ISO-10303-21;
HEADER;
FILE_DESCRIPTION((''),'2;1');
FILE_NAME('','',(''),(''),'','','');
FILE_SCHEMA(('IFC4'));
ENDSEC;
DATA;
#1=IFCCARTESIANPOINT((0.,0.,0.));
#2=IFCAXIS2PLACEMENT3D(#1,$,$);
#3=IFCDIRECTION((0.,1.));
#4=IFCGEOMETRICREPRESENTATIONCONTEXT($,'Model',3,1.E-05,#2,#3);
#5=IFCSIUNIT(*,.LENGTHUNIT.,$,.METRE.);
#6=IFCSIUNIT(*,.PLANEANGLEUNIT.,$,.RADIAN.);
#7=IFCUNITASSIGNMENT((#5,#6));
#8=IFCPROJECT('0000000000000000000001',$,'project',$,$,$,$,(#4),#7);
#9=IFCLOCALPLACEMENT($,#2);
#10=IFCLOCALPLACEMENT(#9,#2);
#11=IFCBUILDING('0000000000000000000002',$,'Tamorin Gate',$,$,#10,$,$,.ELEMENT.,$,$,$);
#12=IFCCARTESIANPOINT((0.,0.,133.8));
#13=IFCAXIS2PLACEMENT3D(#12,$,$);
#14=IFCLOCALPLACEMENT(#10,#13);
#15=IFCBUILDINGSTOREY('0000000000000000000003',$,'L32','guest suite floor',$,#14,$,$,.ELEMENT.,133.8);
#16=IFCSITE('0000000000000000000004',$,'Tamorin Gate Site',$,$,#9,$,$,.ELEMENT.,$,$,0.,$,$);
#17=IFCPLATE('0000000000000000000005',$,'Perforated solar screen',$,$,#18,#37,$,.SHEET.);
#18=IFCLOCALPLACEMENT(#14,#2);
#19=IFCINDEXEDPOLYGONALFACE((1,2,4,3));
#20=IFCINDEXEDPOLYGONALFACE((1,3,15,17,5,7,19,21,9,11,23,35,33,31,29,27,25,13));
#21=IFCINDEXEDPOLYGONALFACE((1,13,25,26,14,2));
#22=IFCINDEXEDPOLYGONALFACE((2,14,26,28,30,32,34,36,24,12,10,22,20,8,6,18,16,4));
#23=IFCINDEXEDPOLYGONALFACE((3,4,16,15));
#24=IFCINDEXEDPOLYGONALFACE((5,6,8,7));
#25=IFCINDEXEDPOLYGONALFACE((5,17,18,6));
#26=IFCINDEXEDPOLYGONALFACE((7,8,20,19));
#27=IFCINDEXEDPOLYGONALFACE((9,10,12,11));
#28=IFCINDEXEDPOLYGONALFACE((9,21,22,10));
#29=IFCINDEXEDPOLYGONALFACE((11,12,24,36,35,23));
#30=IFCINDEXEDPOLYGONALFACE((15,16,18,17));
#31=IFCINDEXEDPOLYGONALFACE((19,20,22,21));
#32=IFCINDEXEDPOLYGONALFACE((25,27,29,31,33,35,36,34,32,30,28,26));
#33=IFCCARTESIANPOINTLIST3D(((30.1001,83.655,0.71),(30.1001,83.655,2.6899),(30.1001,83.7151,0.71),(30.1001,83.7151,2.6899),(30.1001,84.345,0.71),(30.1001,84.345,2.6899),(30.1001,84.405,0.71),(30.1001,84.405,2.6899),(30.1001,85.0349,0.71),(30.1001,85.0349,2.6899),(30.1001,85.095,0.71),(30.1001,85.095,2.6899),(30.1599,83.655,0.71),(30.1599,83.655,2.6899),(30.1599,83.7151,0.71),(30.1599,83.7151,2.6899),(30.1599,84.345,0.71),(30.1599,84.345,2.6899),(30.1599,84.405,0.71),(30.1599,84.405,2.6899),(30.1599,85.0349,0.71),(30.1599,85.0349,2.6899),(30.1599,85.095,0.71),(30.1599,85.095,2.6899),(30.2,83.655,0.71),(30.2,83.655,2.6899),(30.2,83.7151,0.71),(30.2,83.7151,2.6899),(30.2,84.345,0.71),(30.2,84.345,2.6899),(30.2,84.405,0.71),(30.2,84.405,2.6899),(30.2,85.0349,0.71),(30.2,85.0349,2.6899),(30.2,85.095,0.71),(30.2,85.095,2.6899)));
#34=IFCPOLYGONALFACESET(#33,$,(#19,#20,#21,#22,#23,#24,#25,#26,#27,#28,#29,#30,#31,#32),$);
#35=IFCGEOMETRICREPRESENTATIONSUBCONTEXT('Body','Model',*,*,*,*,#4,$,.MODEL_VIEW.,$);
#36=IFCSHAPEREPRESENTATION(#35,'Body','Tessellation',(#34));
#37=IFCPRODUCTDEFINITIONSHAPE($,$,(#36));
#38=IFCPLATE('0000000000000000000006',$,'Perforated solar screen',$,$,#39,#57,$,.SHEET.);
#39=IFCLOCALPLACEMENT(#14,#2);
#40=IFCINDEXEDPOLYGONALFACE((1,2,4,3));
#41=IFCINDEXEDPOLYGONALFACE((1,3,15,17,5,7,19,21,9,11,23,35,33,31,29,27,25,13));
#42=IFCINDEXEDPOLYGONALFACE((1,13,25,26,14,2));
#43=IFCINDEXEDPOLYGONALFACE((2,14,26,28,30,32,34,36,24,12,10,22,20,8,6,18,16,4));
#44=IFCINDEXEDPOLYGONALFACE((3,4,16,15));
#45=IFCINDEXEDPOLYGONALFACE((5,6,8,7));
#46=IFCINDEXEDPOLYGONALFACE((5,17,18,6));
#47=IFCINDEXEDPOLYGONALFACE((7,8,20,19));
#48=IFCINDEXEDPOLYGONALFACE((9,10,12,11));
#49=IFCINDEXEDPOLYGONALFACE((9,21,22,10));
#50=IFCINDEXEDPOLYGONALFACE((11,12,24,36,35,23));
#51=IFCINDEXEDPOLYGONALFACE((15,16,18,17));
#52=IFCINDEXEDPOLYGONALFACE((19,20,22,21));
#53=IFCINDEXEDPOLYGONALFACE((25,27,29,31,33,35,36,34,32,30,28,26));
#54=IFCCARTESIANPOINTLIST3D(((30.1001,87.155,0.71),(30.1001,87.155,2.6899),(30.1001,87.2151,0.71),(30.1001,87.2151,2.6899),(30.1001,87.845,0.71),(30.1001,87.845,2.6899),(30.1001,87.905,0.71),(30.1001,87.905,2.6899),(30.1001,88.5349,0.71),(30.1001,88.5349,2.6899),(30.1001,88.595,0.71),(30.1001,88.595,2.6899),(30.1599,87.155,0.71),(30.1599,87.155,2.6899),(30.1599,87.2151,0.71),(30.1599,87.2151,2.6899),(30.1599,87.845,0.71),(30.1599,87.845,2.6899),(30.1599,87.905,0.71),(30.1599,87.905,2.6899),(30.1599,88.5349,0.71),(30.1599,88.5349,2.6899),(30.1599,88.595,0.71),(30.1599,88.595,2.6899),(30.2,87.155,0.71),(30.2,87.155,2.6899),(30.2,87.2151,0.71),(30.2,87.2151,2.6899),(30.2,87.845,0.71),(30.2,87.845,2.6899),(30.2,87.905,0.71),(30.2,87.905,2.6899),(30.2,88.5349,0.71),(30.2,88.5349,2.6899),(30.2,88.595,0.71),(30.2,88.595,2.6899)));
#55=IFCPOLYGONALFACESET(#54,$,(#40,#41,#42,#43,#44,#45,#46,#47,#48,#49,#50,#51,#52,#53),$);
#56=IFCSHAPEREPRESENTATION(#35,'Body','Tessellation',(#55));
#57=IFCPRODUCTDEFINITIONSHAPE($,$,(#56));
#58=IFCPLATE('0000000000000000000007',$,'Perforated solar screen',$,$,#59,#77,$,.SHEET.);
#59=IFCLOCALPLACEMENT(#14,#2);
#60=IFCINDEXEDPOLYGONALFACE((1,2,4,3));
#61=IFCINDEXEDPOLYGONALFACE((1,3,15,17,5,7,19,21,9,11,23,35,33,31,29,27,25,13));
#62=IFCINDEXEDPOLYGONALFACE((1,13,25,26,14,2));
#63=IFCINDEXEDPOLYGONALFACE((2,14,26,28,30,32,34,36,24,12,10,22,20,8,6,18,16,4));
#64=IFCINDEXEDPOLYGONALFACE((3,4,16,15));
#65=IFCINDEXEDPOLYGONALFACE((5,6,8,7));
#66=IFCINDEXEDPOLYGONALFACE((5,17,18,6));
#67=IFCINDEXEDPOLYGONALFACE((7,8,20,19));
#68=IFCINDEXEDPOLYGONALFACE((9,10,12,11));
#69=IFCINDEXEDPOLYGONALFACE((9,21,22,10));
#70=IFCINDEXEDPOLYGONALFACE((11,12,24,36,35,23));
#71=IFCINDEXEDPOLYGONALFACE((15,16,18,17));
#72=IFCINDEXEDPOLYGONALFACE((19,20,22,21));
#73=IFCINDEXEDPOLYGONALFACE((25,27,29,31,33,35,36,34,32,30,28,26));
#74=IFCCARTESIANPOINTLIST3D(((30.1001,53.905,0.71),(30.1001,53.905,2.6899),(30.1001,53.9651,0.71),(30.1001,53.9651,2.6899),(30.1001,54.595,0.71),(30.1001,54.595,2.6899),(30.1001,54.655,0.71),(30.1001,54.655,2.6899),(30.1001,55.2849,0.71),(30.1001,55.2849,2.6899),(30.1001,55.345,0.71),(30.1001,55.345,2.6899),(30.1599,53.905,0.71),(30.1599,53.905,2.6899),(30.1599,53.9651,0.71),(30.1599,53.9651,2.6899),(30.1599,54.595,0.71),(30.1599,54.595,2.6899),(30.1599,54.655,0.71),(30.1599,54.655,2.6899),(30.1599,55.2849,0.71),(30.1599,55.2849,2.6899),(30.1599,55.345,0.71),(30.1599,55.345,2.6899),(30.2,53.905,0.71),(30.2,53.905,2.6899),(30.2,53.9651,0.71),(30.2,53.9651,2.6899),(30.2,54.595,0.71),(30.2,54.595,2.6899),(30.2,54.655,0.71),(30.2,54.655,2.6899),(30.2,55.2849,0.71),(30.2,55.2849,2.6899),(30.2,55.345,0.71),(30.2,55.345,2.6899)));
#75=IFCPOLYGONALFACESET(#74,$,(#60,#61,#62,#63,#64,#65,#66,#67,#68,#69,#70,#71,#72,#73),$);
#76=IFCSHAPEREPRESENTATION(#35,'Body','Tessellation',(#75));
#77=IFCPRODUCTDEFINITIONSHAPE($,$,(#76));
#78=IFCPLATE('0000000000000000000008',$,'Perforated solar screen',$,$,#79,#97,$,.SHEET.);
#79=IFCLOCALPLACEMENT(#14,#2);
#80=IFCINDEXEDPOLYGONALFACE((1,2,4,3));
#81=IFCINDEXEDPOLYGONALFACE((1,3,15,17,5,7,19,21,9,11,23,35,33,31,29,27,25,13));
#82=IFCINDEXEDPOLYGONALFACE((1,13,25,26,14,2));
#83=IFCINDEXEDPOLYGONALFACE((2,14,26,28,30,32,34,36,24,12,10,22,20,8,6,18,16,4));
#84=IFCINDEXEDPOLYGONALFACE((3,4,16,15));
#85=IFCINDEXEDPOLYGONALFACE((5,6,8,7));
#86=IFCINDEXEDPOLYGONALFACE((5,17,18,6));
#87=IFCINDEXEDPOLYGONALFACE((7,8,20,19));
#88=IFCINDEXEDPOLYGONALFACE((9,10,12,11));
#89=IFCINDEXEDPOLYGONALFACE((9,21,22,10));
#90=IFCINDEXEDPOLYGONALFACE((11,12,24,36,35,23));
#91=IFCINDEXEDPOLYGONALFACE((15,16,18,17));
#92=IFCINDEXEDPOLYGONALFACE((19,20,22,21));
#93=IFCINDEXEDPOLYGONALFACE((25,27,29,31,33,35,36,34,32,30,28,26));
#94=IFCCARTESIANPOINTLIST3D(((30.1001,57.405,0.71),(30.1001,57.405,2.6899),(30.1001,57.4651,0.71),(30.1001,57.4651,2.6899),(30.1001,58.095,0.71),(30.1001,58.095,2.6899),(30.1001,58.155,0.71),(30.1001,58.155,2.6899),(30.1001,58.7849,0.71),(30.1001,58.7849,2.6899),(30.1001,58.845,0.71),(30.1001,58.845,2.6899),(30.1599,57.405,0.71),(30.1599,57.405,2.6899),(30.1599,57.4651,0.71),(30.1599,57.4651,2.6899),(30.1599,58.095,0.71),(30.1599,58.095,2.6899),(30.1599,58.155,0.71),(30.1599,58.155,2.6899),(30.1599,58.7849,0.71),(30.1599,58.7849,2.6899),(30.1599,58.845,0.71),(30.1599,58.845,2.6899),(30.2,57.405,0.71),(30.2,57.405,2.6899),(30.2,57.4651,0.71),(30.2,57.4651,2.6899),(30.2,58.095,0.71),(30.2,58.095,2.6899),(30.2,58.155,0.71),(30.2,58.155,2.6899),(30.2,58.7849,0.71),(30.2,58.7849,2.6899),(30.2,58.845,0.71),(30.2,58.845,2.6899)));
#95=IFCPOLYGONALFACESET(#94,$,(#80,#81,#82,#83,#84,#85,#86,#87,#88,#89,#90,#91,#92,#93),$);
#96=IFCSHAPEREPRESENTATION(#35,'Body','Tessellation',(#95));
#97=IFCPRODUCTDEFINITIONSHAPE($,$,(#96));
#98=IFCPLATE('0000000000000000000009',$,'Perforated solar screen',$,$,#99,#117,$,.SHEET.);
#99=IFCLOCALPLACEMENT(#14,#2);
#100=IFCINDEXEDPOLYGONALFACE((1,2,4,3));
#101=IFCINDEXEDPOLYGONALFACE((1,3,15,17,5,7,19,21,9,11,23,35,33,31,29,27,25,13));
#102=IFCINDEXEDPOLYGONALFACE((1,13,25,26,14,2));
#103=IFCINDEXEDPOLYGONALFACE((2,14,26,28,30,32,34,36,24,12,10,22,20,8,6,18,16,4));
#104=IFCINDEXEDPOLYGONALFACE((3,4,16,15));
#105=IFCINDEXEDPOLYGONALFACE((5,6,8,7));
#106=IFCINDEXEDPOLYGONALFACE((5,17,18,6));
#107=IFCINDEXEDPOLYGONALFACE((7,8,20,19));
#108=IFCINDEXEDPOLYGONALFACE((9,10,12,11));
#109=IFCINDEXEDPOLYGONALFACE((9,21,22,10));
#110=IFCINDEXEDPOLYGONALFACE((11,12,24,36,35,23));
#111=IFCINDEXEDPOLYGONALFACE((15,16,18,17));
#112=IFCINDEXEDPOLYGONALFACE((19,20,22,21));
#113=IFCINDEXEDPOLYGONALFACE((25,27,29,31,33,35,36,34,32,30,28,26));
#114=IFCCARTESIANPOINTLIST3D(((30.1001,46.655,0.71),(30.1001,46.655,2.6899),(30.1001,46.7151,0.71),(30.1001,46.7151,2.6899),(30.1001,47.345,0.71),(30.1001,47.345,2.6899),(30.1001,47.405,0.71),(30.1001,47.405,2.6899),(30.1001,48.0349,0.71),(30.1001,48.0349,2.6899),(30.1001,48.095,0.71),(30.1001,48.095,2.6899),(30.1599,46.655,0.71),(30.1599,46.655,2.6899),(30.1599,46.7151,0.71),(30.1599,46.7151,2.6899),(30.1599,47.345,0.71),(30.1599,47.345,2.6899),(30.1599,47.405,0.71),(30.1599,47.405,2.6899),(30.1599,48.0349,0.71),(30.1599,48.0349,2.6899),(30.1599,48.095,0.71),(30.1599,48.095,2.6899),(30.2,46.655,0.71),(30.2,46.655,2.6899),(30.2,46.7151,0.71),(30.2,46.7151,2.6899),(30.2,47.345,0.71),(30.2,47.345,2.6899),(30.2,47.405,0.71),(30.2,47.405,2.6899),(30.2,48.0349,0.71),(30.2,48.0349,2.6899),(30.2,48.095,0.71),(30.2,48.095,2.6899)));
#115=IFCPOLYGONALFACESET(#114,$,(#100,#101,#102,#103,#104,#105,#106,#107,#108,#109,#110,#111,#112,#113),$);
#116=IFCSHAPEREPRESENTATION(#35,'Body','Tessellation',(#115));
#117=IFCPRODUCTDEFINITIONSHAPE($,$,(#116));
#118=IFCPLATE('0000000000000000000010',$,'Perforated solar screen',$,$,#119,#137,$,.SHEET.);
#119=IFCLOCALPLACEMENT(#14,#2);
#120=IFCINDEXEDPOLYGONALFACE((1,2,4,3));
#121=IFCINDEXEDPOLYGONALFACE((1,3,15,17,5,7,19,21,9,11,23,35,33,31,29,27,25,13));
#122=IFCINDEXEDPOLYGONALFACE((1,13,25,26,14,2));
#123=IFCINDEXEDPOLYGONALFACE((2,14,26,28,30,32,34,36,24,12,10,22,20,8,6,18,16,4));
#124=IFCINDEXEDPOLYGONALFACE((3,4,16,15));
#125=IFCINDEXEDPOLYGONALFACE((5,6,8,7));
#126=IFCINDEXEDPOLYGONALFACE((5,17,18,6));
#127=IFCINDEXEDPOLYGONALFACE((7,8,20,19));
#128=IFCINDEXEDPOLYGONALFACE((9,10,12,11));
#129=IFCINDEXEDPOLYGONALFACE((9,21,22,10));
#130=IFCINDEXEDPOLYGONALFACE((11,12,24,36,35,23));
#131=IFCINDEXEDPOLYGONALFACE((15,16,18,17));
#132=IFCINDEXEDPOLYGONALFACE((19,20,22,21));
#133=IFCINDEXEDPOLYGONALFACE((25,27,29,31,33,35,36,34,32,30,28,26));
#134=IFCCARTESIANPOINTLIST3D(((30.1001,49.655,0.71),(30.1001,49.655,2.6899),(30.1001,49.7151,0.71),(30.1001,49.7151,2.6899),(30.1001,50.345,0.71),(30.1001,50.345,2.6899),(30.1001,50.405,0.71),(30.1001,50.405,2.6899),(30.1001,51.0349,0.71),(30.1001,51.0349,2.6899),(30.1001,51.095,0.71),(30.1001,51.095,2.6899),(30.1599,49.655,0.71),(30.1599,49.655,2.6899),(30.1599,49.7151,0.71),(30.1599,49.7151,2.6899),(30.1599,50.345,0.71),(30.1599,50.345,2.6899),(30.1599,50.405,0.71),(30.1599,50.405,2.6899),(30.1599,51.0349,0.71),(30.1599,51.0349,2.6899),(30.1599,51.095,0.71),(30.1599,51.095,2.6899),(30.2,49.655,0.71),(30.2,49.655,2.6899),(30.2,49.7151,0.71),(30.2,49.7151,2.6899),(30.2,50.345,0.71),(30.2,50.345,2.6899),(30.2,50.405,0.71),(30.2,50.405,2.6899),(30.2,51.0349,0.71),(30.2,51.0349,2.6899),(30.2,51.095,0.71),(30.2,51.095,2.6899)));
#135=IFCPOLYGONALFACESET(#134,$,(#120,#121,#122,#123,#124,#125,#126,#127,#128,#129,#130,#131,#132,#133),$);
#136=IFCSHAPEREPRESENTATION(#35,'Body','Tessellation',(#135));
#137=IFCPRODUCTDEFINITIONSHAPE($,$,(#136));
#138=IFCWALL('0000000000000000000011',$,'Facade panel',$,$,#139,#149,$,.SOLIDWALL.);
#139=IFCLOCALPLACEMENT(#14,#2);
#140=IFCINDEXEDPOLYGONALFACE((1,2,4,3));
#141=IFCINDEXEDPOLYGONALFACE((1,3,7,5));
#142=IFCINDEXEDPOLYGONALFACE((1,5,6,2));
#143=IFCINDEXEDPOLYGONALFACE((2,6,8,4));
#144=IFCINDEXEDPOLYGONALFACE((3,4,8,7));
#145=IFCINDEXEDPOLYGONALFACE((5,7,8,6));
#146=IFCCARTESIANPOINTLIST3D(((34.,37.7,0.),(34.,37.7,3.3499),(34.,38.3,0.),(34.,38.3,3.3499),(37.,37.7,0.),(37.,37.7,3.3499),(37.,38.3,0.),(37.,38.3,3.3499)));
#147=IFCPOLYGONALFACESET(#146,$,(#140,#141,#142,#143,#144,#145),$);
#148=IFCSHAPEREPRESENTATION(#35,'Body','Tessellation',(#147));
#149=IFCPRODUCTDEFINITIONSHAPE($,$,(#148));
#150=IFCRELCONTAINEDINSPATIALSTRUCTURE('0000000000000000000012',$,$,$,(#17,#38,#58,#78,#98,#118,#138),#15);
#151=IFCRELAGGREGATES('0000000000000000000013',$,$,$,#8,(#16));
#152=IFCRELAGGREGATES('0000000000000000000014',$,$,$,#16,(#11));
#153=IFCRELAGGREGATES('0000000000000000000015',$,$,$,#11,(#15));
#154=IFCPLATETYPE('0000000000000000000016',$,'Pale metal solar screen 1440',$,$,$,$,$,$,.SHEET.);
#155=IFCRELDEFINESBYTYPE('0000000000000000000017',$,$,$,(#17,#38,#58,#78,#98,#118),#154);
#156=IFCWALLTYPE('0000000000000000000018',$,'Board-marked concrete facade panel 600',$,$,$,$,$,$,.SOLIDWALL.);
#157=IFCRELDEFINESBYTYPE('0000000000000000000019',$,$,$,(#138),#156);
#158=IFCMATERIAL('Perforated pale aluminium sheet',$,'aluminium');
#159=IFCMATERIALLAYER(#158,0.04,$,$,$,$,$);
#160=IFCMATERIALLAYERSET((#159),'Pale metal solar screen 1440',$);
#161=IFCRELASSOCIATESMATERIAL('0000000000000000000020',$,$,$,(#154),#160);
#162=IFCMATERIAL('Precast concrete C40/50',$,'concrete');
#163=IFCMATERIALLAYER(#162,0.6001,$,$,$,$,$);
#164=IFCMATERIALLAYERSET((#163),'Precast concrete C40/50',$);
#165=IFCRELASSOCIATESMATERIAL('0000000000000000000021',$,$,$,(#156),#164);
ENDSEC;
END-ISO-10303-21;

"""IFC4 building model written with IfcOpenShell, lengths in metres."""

from ifc_helpers import new_model, si_unit, direction, frame, frame_2d, origin, place, context, subcontext, project, spatial, polyline, rectangle, outline, extrude, material, layer, layer_set, type_object, element, save


model = new_model("IFC4")

# Units and contexts
model_context = context("Model", 3, precision=1e-05, world=origin(), true_north=direction((0.0, 1.0)))
body_context = subcontext(model_context, "Body", "Model", "MODEL_VIEW")
ifc_project = project(units=[si_unit("LENGTHUNIT", "METRE"), si_unit("PLANEANGLEUNIT", "RADIAN")], contexts=[model_context])

# Site, building, storey
site_placement = place(None, origin())
site = spatial("IfcSite", under=ifc_project, at=site_placement, Name="Tamorin Gate Site", CompositionType="ELEMENT", RefElevation=0.0)
building_placement = place(site_placement, origin())
building = spatial("IfcBuilding", under=site, at=building_placement, Name="Tamorin Gate", CompositionType="ELEMENT")
storey_placement = place(building_placement, frame((0.0, 0.0, 133.8)))
storey = spatial("IfcBuildingStorey", under=building, at=storey_placement, Name="L32", Description="guest suite floor", CompositionType="ELEMENT", Elevation=133.8)

# Plates
ifc_material_1 = material(Name="Perforated pale aluminium sheet", Category="aluminium")
ifc_layer_1 = layer(ifc_material_1, 0.04)
ifc_layer_set_1 = layer_set([ifc_layer_1], Name="Pale metal solar screen 1440")
plate_type_1 = type_object("IfcPlateType", Name="Pale metal solar screen 1440", PredefinedType="SHEET", material=ifc_layer_set_1)
plate_1_placement = place(storey_placement, frame((0.0, 0.0, 0.71)))
element("IfcPlate", 1, at=plate_1_placement, inside=storey, type_object=plate_type_1, Name="Perforated solar screen", PredefinedType="SHEET", context=body_context, shape_type="SweptSolid", body=[
    extrude(outline(polyline([(30.1599, 85.095), (30.2, 85.095), (30.2, 85.0349), (30.2, 84.405), (30.2, 84.345), (30.2, 83.7151), (30.2, 83.655), (30.1599, 83.655), (30.1001, 83.655), (30.1001, 83.7151), (30.1599, 83.7151), (30.1599, 84.345), (30.1001, 84.345), (30.1001, 84.405), (30.1599, 84.405), (30.1599, 85.0349), (30.1001, 85.0349), (30.1001, 85.095), (30.1599, 85.095)])), origin(), (0.0, 0.0, 1.0), 1.98),
])
plate_2_placement = place(storey_placement, frame((0.0, 0.0, 0.71)))
element("IfcPlate", 2, at=plate_2_placement, inside=storey, type_object=plate_type_1, Name="Perforated solar screen", PredefinedType="SHEET", context=body_context, shape_type="SweptSolid", body=[
    extrude(outline(polyline([(30.1599, 88.595), (30.2, 88.595), (30.2, 88.5349), (30.2, 87.905), (30.2, 87.845), (30.2, 87.2151), (30.2, 87.155), (30.1599, 87.155), (30.1001, 87.155), (30.1001, 87.2151), (30.1599, 87.2151), (30.1599, 87.845), (30.1001, 87.845), (30.1001, 87.905), (30.1599, 87.905), (30.1599, 88.5349), (30.1001, 88.5349), (30.1001, 88.595), (30.1599, 88.595)])), origin(), (0.0, 0.0, 1.0), 1.98),
])
plate_3_placement = place(storey_placement, frame((0.0, 0.0, 0.71)))
element("IfcPlate", 3, at=plate_3_placement, inside=storey, type_object=plate_type_1, Name="Perforated solar screen", PredefinedType="SHEET", context=body_context, shape_type="SweptSolid", body=[
    extrude(outline(polyline([(30.1599, 55.345), (30.2, 55.345), (30.2, 55.2849), (30.2, 54.655), (30.2, 54.595), (30.2, 53.9651), (30.2, 53.905), (30.1599, 53.905), (30.1001, 53.905), (30.1001, 53.9651), (30.1599, 53.9651), (30.1599, 54.595), (30.1001, 54.595), (30.1001, 54.655), (30.1599, 54.655), (30.1599, 55.2849), (30.1001, 55.2849), (30.1001, 55.345), (30.1599, 55.345)])), origin(), (0.0, 0.0, 1.0), 1.98),
])
plate_4_placement = place(storey_placement, frame((0.0, 0.0, 0.71)))
element("IfcPlate", 4, at=plate_4_placement, inside=storey, type_object=plate_type_1, Name="Perforated solar screen", PredefinedType="SHEET", context=body_context, shape_type="SweptSolid", body=[
    extrude(outline(polyline([(30.1599, 58.845), (30.2, 58.845), (30.2, 58.7849), (30.2, 58.155), (30.2, 58.095), (30.2, 57.4651), (30.2, 57.405), (30.1599, 57.405), (30.1001, 57.405), (30.1001, 57.4651), (30.1599, 57.4651), (30.1599, 58.095), (30.1001, 58.095), (30.1001, 58.155), (30.1599, 58.155), (30.1599, 58.7849), (30.1001, 58.7849), (30.1001, 58.845), (30.1599, 58.845)])), origin(), (0.0, 0.0, 1.0), 1.98),
])
plate_5_placement = place(storey_placement, frame((0.0, 0.0, 0.71)))
element("IfcPlate", 5, at=plate_5_placement, inside=storey, type_object=plate_type_1, Name="Perforated solar screen", PredefinedType="SHEET", context=body_context, shape_type="SweptSolid", body=[
    extrude(outline(polyline([(30.1599, 48.095), (30.2, 48.095), (30.2, 48.0349), (30.2, 47.405), (30.2, 47.345), (30.2, 46.7151), (30.2, 46.655), (30.1599, 46.655), (30.1001, 46.655), (30.1001, 46.7151), (30.1599, 46.7151), (30.1599, 47.345), (30.1001, 47.345), (30.1001, 47.405), (30.1599, 47.405), (30.1599, 48.0349), (30.1001, 48.0349), (30.1001, 48.095), (30.1599, 48.095)])), origin(), (0.0, 0.0, 1.0), 1.98),
])
plate_6_placement = place(storey_placement, frame((0.0, 0.0, 0.71)))
element("IfcPlate", 6, at=plate_6_placement, inside=storey, type_object=plate_type_1, Name="Perforated solar screen", PredefinedType="SHEET", context=body_context, shape_type="SweptSolid", body=[
    extrude(outline(polyline([(30.1599, 51.095), (30.2, 51.095), (30.2, 51.0349), (30.2, 50.405), (30.2, 50.345), (30.2, 49.7151), (30.2, 49.655), (30.1599, 49.655), (30.1001, 49.655), (30.1001, 49.7151), (30.1599, 49.7151), (30.1599, 50.345), (30.1001, 50.345), (30.1001, 50.405), (30.1599, 50.405), (30.1599, 51.0349), (30.1001, 51.0349), (30.1001, 51.095), (30.1599, 51.095)])), origin(), (0.0, 0.0, 1.0), 1.98),
])

# Wall
ifc_material_2 = material(Name="Precast concrete C40/50", Category="concrete")
ifc_layer_2 = layer(ifc_material_2, 0.6001)
ifc_layer_set_2 = layer_set([ifc_layer_2], Name="Precast concrete C40/50")
wall_type = type_object("IfcWallType", Name="Board-marked concrete facade panel 600", PredefinedType="SOLIDWALL", material=ifc_layer_set_2)
wall_1_placement = place(storey_placement, frame((34.0, 38.0, 0.0), z_axis=(0.0, 0.0, 1.0), x_axis=(1.0, 0.0, 0.0)))
element("IfcWall", 7, at=wall_1_placement, inside=storey, type_object=wall_type, Name="Facade panel", PredefinedType="SOLIDWALL", context=body_context, shape_type="SweptSolid", body=[
    extrude(rectangle(XDim=3.0, YDim=0.6001, at=frame_2d((1.5, 0.0))), origin(), (0.0, 0.0, 1.0), 3.3499),
])

save(model, "model.ifc")
